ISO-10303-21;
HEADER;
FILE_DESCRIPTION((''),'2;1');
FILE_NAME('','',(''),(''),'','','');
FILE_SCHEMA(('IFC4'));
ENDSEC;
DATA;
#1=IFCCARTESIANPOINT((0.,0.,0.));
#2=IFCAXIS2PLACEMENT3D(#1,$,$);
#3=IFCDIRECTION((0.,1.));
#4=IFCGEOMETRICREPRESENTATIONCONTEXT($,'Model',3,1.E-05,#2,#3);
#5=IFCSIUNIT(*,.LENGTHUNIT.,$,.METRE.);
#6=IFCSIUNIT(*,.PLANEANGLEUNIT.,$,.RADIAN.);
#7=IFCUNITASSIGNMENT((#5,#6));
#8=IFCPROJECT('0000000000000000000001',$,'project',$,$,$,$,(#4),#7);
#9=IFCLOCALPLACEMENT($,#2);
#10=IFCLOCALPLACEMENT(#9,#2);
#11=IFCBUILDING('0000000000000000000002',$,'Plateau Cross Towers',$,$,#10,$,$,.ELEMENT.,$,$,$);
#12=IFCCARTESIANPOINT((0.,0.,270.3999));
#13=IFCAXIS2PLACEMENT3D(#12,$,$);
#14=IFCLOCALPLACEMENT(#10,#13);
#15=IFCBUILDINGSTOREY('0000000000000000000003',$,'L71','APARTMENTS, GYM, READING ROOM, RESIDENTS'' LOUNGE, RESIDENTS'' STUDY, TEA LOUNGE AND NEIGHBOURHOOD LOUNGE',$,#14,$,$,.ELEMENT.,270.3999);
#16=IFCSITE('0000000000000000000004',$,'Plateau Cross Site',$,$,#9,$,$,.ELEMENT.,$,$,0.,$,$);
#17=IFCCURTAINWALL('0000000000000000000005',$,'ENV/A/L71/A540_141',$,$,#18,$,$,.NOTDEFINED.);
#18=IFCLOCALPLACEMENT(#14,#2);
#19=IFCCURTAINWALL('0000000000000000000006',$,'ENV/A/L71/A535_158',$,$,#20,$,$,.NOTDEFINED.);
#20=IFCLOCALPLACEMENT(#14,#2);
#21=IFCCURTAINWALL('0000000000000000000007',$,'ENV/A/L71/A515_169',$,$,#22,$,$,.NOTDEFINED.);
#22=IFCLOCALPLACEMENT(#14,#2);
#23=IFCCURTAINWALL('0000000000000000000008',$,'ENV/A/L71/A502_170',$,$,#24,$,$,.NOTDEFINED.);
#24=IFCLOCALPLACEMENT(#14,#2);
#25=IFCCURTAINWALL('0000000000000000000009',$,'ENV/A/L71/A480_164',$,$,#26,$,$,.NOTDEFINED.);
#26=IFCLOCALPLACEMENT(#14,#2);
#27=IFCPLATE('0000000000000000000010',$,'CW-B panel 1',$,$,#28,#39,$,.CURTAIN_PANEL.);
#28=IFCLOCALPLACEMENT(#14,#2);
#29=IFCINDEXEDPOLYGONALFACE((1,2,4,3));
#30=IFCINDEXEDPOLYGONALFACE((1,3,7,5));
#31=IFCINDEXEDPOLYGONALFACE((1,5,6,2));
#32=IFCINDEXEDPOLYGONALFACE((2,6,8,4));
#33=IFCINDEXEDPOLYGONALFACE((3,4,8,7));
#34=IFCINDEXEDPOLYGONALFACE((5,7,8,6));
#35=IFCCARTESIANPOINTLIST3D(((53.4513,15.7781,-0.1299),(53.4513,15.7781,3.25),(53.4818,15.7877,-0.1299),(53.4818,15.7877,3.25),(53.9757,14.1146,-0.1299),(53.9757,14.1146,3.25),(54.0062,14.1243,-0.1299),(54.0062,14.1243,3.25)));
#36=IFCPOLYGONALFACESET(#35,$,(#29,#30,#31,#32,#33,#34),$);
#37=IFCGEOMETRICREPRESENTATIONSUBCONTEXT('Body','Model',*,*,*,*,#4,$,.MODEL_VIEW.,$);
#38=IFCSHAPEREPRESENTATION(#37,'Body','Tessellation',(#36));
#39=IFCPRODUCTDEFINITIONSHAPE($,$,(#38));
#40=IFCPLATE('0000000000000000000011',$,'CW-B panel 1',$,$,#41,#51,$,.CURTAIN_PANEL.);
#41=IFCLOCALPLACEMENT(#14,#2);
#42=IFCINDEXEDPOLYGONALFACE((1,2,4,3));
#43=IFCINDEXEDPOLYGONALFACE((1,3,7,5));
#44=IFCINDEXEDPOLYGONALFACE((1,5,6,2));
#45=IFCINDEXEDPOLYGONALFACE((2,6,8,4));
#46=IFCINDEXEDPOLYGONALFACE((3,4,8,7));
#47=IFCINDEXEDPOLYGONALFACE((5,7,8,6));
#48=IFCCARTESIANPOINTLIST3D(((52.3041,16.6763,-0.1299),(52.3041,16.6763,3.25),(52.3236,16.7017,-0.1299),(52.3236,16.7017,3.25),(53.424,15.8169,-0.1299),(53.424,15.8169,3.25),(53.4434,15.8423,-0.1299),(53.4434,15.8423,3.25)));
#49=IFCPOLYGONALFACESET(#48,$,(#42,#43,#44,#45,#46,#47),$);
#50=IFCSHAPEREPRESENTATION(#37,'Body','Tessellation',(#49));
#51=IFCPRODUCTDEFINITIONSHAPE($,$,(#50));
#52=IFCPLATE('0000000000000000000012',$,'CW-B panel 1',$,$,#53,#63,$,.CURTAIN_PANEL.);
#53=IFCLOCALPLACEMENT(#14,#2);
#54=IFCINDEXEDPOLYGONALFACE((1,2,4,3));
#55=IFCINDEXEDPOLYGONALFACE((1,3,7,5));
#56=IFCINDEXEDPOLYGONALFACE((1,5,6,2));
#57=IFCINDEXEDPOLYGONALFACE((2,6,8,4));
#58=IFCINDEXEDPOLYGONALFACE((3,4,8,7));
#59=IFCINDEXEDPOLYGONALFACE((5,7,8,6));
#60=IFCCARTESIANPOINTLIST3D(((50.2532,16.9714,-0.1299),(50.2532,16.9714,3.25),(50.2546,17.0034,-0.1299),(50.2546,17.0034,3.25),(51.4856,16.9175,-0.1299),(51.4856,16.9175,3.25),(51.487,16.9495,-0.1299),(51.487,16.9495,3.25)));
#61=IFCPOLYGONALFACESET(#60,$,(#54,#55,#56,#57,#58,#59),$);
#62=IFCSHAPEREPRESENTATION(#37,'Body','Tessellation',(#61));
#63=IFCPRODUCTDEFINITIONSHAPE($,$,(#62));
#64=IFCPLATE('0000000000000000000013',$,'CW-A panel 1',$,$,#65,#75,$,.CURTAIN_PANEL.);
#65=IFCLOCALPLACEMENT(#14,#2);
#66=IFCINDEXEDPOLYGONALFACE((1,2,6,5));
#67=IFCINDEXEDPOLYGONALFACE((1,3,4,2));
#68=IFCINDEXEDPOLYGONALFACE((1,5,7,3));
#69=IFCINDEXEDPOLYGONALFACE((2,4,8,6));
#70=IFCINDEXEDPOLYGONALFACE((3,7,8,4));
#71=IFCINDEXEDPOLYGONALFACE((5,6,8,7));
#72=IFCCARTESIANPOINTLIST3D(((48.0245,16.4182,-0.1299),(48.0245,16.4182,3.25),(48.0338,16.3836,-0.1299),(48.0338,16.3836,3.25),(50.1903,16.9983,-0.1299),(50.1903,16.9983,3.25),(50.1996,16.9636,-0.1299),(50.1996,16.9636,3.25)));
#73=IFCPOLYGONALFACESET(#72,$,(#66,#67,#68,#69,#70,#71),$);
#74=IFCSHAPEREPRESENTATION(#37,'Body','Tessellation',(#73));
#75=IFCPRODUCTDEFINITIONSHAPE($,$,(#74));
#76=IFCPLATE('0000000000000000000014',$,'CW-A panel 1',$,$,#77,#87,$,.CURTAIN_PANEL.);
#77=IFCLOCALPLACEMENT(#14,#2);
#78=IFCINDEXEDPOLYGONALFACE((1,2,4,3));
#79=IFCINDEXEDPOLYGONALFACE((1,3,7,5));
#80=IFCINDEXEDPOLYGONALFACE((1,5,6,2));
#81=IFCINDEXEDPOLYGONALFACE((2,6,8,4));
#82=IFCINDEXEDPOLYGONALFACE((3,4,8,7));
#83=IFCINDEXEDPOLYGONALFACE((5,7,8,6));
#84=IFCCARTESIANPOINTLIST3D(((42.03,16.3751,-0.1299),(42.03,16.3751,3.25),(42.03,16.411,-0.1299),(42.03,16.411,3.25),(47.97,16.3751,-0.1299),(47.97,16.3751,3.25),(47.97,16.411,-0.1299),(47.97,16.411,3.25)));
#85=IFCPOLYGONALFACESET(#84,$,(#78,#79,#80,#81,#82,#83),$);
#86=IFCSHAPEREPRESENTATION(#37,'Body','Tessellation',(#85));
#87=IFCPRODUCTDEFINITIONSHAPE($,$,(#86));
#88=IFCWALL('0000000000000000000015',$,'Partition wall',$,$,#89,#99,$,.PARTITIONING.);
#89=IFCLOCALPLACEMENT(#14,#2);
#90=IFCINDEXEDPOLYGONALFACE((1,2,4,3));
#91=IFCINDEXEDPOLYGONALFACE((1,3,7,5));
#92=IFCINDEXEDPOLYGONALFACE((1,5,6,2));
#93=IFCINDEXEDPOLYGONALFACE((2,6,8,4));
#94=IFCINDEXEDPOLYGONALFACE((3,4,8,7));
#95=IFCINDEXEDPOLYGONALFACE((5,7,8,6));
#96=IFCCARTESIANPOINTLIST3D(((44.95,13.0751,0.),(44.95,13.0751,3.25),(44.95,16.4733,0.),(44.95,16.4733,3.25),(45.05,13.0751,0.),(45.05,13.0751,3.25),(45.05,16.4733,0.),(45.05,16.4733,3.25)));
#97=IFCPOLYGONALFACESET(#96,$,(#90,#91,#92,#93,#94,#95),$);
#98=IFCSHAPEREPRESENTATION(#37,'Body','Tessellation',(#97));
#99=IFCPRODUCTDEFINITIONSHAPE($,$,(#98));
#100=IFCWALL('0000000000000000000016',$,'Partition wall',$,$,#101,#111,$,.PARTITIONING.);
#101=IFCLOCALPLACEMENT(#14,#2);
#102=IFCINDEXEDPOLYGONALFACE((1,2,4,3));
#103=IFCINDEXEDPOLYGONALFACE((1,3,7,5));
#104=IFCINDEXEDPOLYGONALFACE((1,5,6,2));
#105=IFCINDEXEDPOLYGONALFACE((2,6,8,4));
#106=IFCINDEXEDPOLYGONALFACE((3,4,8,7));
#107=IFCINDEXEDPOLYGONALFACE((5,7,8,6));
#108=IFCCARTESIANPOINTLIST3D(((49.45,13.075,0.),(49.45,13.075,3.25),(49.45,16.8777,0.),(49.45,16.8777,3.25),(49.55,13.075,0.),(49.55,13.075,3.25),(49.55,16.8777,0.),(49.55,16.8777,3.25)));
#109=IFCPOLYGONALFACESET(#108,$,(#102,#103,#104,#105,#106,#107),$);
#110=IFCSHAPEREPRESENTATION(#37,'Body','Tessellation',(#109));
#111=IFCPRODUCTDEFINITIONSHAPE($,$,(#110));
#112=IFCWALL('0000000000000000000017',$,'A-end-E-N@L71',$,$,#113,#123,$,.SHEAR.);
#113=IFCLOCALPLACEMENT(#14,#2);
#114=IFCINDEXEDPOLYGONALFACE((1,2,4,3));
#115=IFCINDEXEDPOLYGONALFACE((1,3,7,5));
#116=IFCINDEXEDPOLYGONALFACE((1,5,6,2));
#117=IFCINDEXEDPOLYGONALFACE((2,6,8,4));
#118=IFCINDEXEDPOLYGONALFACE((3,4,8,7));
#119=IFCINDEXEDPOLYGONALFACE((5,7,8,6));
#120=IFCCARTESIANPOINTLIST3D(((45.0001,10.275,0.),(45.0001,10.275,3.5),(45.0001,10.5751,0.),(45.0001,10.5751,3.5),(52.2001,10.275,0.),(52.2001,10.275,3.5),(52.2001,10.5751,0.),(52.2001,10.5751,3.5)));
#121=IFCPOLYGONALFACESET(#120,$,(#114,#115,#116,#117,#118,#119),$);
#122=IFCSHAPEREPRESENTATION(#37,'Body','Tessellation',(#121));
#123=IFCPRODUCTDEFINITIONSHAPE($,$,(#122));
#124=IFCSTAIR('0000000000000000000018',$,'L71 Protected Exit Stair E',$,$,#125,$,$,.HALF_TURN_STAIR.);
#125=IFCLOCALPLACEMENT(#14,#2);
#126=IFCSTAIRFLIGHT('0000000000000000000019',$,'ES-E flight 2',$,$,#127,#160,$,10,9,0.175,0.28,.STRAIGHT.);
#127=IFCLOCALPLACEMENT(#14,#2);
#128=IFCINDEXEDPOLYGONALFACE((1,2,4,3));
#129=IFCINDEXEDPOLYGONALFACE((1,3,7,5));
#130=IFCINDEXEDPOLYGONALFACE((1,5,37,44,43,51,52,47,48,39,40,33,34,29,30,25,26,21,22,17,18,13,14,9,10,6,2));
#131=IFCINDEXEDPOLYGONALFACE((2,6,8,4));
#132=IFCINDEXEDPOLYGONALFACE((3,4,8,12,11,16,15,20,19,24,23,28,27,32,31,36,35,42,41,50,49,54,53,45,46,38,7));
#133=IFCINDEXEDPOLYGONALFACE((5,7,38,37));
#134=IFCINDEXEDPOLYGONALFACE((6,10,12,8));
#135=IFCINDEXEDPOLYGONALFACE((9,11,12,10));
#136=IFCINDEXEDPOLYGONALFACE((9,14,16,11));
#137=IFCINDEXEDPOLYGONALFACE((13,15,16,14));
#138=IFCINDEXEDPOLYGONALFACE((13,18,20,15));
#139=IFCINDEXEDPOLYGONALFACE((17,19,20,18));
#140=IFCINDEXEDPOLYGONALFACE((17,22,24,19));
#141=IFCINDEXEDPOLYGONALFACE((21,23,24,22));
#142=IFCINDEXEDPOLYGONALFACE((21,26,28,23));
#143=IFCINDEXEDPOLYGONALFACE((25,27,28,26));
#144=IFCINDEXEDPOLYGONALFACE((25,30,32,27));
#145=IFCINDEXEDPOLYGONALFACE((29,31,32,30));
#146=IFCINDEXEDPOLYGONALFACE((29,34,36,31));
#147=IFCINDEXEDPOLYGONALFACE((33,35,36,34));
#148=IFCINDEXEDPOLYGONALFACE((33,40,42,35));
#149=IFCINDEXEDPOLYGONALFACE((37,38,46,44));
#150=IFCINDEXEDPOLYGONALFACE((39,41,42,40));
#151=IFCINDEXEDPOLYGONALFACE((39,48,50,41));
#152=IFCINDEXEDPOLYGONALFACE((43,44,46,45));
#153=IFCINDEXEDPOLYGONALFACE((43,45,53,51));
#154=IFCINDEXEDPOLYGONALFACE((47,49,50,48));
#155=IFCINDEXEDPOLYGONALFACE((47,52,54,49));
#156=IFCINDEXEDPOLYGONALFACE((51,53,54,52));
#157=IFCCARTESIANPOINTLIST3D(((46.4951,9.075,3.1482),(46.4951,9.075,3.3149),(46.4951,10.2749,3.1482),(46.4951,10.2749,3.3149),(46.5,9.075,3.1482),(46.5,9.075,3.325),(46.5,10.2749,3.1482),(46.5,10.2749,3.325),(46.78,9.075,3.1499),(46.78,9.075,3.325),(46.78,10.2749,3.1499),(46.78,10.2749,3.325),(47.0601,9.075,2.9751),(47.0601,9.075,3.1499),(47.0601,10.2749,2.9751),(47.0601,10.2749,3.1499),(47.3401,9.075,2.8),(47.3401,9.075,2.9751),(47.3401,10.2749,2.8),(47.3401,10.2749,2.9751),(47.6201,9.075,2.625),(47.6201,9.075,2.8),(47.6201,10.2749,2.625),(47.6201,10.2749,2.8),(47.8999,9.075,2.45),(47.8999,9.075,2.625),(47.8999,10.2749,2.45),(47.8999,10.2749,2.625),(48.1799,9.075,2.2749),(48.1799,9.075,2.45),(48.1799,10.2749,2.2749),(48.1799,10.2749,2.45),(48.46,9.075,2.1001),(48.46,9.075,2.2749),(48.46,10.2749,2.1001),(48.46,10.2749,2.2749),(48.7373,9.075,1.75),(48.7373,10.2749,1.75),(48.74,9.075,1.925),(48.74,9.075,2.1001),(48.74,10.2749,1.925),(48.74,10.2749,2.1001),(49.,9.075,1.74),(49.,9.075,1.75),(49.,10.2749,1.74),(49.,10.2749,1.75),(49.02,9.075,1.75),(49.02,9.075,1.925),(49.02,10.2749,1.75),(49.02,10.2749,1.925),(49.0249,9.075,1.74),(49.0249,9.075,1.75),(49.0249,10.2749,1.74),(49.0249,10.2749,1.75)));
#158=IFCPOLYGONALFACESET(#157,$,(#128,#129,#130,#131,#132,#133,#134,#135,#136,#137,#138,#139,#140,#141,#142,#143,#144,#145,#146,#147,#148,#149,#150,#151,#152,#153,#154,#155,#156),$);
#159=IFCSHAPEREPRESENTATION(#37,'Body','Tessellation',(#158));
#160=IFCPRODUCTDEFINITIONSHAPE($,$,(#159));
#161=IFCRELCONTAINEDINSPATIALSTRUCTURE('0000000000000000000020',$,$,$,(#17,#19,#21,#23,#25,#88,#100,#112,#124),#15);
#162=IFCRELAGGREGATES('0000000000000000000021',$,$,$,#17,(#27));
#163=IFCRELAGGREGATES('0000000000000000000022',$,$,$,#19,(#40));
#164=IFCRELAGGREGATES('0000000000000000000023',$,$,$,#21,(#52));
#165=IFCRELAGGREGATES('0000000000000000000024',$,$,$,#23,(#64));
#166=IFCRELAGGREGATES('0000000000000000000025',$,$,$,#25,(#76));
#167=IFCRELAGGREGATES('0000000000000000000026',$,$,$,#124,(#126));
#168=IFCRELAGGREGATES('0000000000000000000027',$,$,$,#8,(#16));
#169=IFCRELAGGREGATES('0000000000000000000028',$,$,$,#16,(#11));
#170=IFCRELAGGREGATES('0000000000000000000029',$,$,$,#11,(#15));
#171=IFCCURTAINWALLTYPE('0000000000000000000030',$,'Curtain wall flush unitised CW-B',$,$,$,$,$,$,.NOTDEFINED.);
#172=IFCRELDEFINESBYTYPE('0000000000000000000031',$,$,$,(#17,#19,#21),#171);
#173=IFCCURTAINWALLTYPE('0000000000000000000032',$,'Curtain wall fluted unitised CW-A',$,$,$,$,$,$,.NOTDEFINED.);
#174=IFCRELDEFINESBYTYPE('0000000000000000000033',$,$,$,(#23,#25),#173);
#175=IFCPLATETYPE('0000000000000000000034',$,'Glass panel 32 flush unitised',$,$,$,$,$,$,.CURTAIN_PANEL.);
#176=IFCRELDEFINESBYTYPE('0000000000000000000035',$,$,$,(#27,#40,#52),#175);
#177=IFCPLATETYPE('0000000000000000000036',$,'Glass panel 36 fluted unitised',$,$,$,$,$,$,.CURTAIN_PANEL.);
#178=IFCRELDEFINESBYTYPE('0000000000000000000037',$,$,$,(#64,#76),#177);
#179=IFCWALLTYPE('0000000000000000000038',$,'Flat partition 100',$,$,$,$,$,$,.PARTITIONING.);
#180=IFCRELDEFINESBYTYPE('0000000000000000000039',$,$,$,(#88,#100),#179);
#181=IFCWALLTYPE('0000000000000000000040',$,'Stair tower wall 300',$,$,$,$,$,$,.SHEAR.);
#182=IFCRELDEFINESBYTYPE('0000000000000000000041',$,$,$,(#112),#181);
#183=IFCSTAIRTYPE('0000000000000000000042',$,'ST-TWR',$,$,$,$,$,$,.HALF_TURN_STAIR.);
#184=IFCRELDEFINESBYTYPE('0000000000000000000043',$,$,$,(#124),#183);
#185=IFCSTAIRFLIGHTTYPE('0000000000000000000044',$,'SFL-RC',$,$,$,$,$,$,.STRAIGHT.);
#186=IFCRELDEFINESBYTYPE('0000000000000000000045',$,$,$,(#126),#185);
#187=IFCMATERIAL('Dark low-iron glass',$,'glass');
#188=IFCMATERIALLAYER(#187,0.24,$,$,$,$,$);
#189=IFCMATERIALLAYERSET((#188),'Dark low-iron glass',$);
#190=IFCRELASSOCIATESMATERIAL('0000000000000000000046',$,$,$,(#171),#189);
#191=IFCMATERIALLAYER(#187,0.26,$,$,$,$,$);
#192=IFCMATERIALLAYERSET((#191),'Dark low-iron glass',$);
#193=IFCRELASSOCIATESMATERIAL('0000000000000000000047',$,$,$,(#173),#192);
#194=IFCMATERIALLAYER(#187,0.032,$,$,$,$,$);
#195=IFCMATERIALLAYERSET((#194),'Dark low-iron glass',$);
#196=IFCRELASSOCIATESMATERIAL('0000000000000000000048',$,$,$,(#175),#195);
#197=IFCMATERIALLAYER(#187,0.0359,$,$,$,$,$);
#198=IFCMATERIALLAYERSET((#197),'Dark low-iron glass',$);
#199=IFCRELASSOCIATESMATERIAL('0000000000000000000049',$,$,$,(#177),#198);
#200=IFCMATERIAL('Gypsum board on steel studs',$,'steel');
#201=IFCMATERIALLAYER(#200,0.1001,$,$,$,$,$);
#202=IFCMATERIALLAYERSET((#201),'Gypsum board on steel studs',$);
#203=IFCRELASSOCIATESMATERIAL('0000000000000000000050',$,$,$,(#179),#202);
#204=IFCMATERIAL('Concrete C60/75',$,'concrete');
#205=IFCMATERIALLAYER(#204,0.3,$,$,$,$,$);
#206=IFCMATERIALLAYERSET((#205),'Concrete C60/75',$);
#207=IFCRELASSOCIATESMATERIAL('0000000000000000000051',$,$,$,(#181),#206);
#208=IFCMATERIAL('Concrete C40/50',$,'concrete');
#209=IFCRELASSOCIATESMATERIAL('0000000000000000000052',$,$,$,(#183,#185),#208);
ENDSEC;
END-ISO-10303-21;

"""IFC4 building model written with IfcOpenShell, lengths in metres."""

from ifc_helpers import new_model, si_unit, direction, frame, frame_2d, origin, origin_2d, place, context, subcontext, project, spatial, polyline, rectangle, outline, extrude, material, layer, layer_set, type_object, element, aggregate, save


model = new_model("IFC4")

# Units and contexts
model_context = context("Model", 3, precision=1e-05, world=origin(), true_north=direction((0.0, 1.0)))
body_context = subcontext(model_context, "Body", "Model", "MODEL_VIEW")
ifc_project = project(units=[si_unit("LENGTHUNIT", "METRE"), si_unit("PLANEANGLEUNIT", "RADIAN")], contexts=[model_context])

# Site, building, storey
site_placement = place(None, origin())
site = spatial("IfcSite", under=ifc_project, at=site_placement, Name="Plateau Cross Site", CompositionType="ELEMENT", RefElevation=0.0)
building_placement = place(site_placement, origin())
building = spatial("IfcBuilding", under=site, at=building_placement, Name="Plateau Cross Towers", CompositionType="ELEMENT")
storey_placement = place(building_placement, frame((0.0, 0.0, 270.3999)))
storey = spatial("IfcBuildingStorey", under=building, at=storey_placement, Name="L71", Description="APARTMENTS, GYM, READING ROOM, RESIDENTS' LOUNGE, RESIDENTS' STUDY, TEA LOUNGE AND NEIGHBOURHOOD LOUNGE", CompositionType="ELEMENT", Elevation=270.3999)

# Shared definitions
ifc_material_1 = material(Name="Concrete C60/75", Category="concrete")

# Curtain wall
ifc_material_2 = material(Name="Dark low-iron glass", Category="glass")
ifc_layer_1 = layer(ifc_material_2, 0.24)
ifc_layer_set_1 = layer_set([ifc_layer_1], Name="Dark low-iron glass")
curtain_wall_type_1 = type_object("IfcCurtainWallType", Name="Curtain wall flush unitised CW-B", PredefinedType="NOTDEFINED", material=ifc_layer_set_1)
curtain_wall_1_placement = place(storey_placement, origin())
curtain_wall_1 = element("IfcCurtainWall", 1, at=curtain_wall_1_placement, inside=storey, type_object=curtain_wall_type_1, Name="ENV/A/L71/A540_141", PredefinedType="NOTDEFINED")

# Curtain wall
curtain_wall_2_placement = place(storey_placement, origin())
curtain_wall_2 = element("IfcCurtainWall", 2, at=curtain_wall_2_placement, inside=storey, type_object=curtain_wall_type_1, Name="ENV/A/L71/A535_158", PredefinedType="NOTDEFINED")

# Curtain walls
curtain_wall_3_placement = place(storey_placement, origin())
curtain_wall_3 = element("IfcCurtainWall", 3, at=curtain_wall_3_placement, inside=storey, type_object=curtain_wall_type_1, Name="ENV/A/L71/A515_169", PredefinedType="NOTDEFINED")
ifc_layer_2 = layer(ifc_material_2, 0.26)
ifc_layer_set_2 = layer_set([ifc_layer_2], Name="Dark low-iron glass")
curtain_wall_type_2 = type_object("IfcCurtainWallType", Name="Curtain wall fluted unitised CW-A", PredefinedType="NOTDEFINED", material=ifc_layer_set_2)
curtain_wall_4_placement = place(storey_placement, origin())
curtain_wall_4 = element("IfcCurtainWall", 4, at=curtain_wall_4_placement, inside=storey, type_object=curtain_wall_type_2, Name="ENV/A/L71/A502_170", PredefinedType="NOTDEFINED")
curtain_wall_5_placement = place(storey_placement, origin())
curtain_wall_5 = element("IfcCurtainWall", 5, at=curtain_wall_5_placement, inside=storey, type_object=curtain_wall_type_2, Name="ENV/A/L71/A480_164", PredefinedType="NOTDEFINED")

# Plates
ifc_layer_3 = layer(ifc_material_2, 0.032)
ifc_layer_set_3 = layer_set([ifc_layer_3], Name="Dark low-iron glass")
plate_type_1 = type_object("IfcPlateType", Name="Glass panel 32 flush unitised", PredefinedType="CURTAIN_PANEL", material=ifc_layer_set_3)
plate_1_placement = place(storey_placement, frame((53.7288, 14.9512, -0.1299), z_axis=(0.0, 0.0, 1.0), x_axis=(-0.300686, 0.953723, 0.0)))
plate_1 = element("IfcPlate", 6, at=plate_1_placement, type_object=plate_type_1, Name="CW-B panel 1", PredefinedType="CURTAIN_PANEL", context=body_context, shape_type="SweptSolid", body=[
    extrude(rectangle(XDim=1.7441, YDim=0.032, at=origin_2d()), origin(), (0.0, 0.0, 1.0), 3.3799),
])
aggregate(curtain_wall_1, [plate_1])
plate_2_placement = place(storey_placement, frame((52.8738, 16.2593, -0.1299), z_axis=(0.0, 0.0, 1.0), x_axis=(-0.793316, 0.608811, 0.0)))
plate_2 = element("IfcPlate", 7, at=plate_2_placement, type_object=plate_type_1, Name="CW-B panel 1", PredefinedType="CURTAIN_PANEL", context=body_context, shape_type="SweptSolid", body=[
    extrude(rectangle(XDim=1.4116, YDim=0.032, at=origin_2d()), origin(), (0.0, 0.0, 1.0), 3.3799),
])
aggregate(curtain_wall_2, [plate_2])
plate_3_placement = place(storey_placement, frame((50.8701, 16.9604, -0.1299), z_axis=(0.0, 0.0, 1.0), x_axis=(-0.999044, 0.043723, 0.0)))
plate_3 = element("IfcPlate", 8, at=plate_3_placement, type_object=plate_type_1, Name="CW-B panel 1", PredefinedType="CURTAIN_PANEL", context=body_context, shape_type="SweptSolid", body=[
    extrude(rectangle(XDim=1.2336, YDim=0.032, at=origin_2d()), origin(), (0.0, 0.0, 1.0), 3.3799),
])
aggregate(curtain_wall_3, [plate_3])
ifc_layer_4 = layer(ifc_material_2, 0.0359)
ifc_layer_set_4 = layer_set([ifc_layer_4], Name="Dark low-iron glass")
plate_type_2 = type_object("IfcPlateType", Name="Glass panel 36 fluted unitised", PredefinedType="CURTAIN_PANEL", material=ifc_layer_set_4)
plate_4_placement = place(storey_placement, frame((49.1121, 16.6909, -0.1299), z_axis=(0.0, 0.0, 1.0), x_axis=(-0.965958, -0.258699, 0.0)))
plate_4 = element("IfcPlate", 9, at=plate_4_placement, type_object=plate_type_2, Name="CW-A panel 1", PredefinedType="CURTAIN_PANEL", context=body_context, shape_type="SweptSolid", body=[
    extrude(rectangle(XDim=2.2422, YDim=0.0359, at=origin_2d()), origin(), (0.0, 0.0, 1.0), 3.3799),
])
aggregate(curtain_wall_4, [plate_4])
plate_5_placement = place(storey_placement, frame((45.0, 16.3931, -0.1299), z_axis=(0.0, 0.0, 1.0), x_axis=(-1.0, 0.0, 0.0)))
plate_5 = element("IfcPlate", 10, at=plate_5_placement, type_object=plate_type_2, Name="CW-A panel 1", PredefinedType="CURTAIN_PANEL", context=body_context, shape_type="SweptSolid", body=[
    extrude(rectangle(XDim=5.9399, YDim=0.0359, at=origin_2d()), origin(), (0.0, 0.0, 1.0), 3.3799),
])
aggregate(curtain_wall_5, [plate_5])

# Walls
ifc_material_3 = material(Name="Gypsum board on steel studs", Category="steel")
ifc_layer_5 = layer(ifc_material_3, 0.1001)
ifc_layer_set_5 = layer_set([ifc_layer_5], Name="Gypsum board on steel studs")
wall_type_1 = type_object("IfcWallType", Name="Flat partition 100", PredefinedType="PARTITIONING", material=ifc_layer_set_5)
wall_1_placement = place(storey_placement, frame((45.0, 13.075, 0.0), z_axis=(0.0, 0.0, 1.0), x_axis=(0.0, 1.0, 0.0)))
element("IfcWall", 11, at=wall_1_placement, inside=storey, type_object=wall_type_1, Name="Partition wall", PredefinedType="PARTITIONING", context=body_context, shape_type="SweptSolid", body=[
    extrude(rectangle(XDim=3.3982, YDim=0.1001, at=frame_2d((1.6992, 0.0))), origin(), (0.0, 0.0, 1.0), 3.25),
])
wall_2_placement = place(storey_placement, frame((49.5, 13.075, 0.0), z_axis=(0.0, 0.0, 1.0), x_axis=(0.0, 1.0, 0.0)))
element("IfcWall", 12, at=wall_2_placement, inside=storey, type_object=wall_type_1, Name="Partition wall", PredefinedType="PARTITIONING", context=body_context, shape_type="SweptSolid", body=[
    extrude(rectangle(XDim=3.8027, YDim=0.1001, at=frame_2d((1.9014, 0.0))), origin(), (0.0, 0.0, 1.0), 3.25),
])
ifc_layer_6 = layer(ifc_material_1, 0.3)
ifc_layer_set_6 = layer_set([ifc_layer_6], Name="Concrete C60/75")
wall_type_2 = type_object("IfcWallType", Name="Stair tower wall 300", PredefinedType="SHEAR", material=ifc_layer_set_6)
wall_3_placement = place(storey_placement, frame((45.0, 10.425, 0.0), z_axis=(0.0, 0.0, 1.0), x_axis=(1.0, 0.0, 0.0)))
element("IfcWall", 13, at=wall_3_placement, inside=storey, type_object=wall_type_2, Name="A-end-E-N@L71", PredefinedType="SHEAR", context=body_context, shape_type="SweptSolid", body=[
    extrude(rectangle(XDim=7.2, YDim=0.3, at=frame_2d((3.6001, 0.0))), origin(), (0.0, 0.0, 1.0), 3.5),
])

# Stair, stair flight
ifc_material_4 = material(Name="Concrete C40/50", Category="concrete")
stair_type = type_object("IfcStairType", Name="ST-TWR", PredefinedType="HALF_TURN_STAIR", material=ifc_material_4)
stair_placement = place(storey_placement, origin())
stair = element("IfcStair", 14, at=stair_placement, inside=storey, type_object=stair_type, Name="L71 Protected Exit Stair E", PredefinedType="HALF_TURN_STAIR")
stair_flight_type = type_object("IfcStairFlightType", Name="SFL-RC", PredefinedType="STRAIGHT", material=ifc_material_4)
stair_flight_placement = place(storey_placement, frame((49.02, 9.675, 1.75), z_axis=(0.0, 0.0, 1.0), x_axis=(-1.0, 0.0, 0.0)))
stair_flight = element("IfcStairFlight", 15, at=stair_flight_placement, type_object=stair_flight_type, Name="ES-E flight 2", NumberOfRisers=10, NumberOfTreads=9, PredefinedType="STRAIGHT", RiserHeight=0.175, TreadLength=0.28, context=body_context, shape_type="SweptSolid", body=[
    extrude(outline(polyline([(-0.0049, -0.01), (-0.0049, 0.0), (0.0, 0.0), (0.0, 0.175), (0.28, 0.175), (0.28, 0.3501), (0.5601, 0.3501), (0.5601, 0.5249), (0.8401, 0.5249), (0.8401, 0.7), (1.1201, 0.7), (1.1201, 0.875), (1.3999, 0.875), (1.3999, 1.05), (1.6799, 1.05), (1.6799, 1.2251), (1.96, 1.2251), (1.96, 1.3999), (2.24, 1.3999), (2.24, 1.575), (2.52, 1.575), (2.5249, 1.5649), (2.5249, 1.3982), (2.52, 1.3982), (0.2827, 0.0), (0.02, 0.0), (0.02, -0.01), (-0.0049, -0.01)])), frame((0.0, 0.6001, 0.0), z_axis=(0.0, -1.0, 0.0), x_axis=(1.0, 0.0, 0.0)), (0.0, 0.0, 1.0), 1.2),
])
aggregate(stair, [stair_flight])

save(model, "model.ifc")
